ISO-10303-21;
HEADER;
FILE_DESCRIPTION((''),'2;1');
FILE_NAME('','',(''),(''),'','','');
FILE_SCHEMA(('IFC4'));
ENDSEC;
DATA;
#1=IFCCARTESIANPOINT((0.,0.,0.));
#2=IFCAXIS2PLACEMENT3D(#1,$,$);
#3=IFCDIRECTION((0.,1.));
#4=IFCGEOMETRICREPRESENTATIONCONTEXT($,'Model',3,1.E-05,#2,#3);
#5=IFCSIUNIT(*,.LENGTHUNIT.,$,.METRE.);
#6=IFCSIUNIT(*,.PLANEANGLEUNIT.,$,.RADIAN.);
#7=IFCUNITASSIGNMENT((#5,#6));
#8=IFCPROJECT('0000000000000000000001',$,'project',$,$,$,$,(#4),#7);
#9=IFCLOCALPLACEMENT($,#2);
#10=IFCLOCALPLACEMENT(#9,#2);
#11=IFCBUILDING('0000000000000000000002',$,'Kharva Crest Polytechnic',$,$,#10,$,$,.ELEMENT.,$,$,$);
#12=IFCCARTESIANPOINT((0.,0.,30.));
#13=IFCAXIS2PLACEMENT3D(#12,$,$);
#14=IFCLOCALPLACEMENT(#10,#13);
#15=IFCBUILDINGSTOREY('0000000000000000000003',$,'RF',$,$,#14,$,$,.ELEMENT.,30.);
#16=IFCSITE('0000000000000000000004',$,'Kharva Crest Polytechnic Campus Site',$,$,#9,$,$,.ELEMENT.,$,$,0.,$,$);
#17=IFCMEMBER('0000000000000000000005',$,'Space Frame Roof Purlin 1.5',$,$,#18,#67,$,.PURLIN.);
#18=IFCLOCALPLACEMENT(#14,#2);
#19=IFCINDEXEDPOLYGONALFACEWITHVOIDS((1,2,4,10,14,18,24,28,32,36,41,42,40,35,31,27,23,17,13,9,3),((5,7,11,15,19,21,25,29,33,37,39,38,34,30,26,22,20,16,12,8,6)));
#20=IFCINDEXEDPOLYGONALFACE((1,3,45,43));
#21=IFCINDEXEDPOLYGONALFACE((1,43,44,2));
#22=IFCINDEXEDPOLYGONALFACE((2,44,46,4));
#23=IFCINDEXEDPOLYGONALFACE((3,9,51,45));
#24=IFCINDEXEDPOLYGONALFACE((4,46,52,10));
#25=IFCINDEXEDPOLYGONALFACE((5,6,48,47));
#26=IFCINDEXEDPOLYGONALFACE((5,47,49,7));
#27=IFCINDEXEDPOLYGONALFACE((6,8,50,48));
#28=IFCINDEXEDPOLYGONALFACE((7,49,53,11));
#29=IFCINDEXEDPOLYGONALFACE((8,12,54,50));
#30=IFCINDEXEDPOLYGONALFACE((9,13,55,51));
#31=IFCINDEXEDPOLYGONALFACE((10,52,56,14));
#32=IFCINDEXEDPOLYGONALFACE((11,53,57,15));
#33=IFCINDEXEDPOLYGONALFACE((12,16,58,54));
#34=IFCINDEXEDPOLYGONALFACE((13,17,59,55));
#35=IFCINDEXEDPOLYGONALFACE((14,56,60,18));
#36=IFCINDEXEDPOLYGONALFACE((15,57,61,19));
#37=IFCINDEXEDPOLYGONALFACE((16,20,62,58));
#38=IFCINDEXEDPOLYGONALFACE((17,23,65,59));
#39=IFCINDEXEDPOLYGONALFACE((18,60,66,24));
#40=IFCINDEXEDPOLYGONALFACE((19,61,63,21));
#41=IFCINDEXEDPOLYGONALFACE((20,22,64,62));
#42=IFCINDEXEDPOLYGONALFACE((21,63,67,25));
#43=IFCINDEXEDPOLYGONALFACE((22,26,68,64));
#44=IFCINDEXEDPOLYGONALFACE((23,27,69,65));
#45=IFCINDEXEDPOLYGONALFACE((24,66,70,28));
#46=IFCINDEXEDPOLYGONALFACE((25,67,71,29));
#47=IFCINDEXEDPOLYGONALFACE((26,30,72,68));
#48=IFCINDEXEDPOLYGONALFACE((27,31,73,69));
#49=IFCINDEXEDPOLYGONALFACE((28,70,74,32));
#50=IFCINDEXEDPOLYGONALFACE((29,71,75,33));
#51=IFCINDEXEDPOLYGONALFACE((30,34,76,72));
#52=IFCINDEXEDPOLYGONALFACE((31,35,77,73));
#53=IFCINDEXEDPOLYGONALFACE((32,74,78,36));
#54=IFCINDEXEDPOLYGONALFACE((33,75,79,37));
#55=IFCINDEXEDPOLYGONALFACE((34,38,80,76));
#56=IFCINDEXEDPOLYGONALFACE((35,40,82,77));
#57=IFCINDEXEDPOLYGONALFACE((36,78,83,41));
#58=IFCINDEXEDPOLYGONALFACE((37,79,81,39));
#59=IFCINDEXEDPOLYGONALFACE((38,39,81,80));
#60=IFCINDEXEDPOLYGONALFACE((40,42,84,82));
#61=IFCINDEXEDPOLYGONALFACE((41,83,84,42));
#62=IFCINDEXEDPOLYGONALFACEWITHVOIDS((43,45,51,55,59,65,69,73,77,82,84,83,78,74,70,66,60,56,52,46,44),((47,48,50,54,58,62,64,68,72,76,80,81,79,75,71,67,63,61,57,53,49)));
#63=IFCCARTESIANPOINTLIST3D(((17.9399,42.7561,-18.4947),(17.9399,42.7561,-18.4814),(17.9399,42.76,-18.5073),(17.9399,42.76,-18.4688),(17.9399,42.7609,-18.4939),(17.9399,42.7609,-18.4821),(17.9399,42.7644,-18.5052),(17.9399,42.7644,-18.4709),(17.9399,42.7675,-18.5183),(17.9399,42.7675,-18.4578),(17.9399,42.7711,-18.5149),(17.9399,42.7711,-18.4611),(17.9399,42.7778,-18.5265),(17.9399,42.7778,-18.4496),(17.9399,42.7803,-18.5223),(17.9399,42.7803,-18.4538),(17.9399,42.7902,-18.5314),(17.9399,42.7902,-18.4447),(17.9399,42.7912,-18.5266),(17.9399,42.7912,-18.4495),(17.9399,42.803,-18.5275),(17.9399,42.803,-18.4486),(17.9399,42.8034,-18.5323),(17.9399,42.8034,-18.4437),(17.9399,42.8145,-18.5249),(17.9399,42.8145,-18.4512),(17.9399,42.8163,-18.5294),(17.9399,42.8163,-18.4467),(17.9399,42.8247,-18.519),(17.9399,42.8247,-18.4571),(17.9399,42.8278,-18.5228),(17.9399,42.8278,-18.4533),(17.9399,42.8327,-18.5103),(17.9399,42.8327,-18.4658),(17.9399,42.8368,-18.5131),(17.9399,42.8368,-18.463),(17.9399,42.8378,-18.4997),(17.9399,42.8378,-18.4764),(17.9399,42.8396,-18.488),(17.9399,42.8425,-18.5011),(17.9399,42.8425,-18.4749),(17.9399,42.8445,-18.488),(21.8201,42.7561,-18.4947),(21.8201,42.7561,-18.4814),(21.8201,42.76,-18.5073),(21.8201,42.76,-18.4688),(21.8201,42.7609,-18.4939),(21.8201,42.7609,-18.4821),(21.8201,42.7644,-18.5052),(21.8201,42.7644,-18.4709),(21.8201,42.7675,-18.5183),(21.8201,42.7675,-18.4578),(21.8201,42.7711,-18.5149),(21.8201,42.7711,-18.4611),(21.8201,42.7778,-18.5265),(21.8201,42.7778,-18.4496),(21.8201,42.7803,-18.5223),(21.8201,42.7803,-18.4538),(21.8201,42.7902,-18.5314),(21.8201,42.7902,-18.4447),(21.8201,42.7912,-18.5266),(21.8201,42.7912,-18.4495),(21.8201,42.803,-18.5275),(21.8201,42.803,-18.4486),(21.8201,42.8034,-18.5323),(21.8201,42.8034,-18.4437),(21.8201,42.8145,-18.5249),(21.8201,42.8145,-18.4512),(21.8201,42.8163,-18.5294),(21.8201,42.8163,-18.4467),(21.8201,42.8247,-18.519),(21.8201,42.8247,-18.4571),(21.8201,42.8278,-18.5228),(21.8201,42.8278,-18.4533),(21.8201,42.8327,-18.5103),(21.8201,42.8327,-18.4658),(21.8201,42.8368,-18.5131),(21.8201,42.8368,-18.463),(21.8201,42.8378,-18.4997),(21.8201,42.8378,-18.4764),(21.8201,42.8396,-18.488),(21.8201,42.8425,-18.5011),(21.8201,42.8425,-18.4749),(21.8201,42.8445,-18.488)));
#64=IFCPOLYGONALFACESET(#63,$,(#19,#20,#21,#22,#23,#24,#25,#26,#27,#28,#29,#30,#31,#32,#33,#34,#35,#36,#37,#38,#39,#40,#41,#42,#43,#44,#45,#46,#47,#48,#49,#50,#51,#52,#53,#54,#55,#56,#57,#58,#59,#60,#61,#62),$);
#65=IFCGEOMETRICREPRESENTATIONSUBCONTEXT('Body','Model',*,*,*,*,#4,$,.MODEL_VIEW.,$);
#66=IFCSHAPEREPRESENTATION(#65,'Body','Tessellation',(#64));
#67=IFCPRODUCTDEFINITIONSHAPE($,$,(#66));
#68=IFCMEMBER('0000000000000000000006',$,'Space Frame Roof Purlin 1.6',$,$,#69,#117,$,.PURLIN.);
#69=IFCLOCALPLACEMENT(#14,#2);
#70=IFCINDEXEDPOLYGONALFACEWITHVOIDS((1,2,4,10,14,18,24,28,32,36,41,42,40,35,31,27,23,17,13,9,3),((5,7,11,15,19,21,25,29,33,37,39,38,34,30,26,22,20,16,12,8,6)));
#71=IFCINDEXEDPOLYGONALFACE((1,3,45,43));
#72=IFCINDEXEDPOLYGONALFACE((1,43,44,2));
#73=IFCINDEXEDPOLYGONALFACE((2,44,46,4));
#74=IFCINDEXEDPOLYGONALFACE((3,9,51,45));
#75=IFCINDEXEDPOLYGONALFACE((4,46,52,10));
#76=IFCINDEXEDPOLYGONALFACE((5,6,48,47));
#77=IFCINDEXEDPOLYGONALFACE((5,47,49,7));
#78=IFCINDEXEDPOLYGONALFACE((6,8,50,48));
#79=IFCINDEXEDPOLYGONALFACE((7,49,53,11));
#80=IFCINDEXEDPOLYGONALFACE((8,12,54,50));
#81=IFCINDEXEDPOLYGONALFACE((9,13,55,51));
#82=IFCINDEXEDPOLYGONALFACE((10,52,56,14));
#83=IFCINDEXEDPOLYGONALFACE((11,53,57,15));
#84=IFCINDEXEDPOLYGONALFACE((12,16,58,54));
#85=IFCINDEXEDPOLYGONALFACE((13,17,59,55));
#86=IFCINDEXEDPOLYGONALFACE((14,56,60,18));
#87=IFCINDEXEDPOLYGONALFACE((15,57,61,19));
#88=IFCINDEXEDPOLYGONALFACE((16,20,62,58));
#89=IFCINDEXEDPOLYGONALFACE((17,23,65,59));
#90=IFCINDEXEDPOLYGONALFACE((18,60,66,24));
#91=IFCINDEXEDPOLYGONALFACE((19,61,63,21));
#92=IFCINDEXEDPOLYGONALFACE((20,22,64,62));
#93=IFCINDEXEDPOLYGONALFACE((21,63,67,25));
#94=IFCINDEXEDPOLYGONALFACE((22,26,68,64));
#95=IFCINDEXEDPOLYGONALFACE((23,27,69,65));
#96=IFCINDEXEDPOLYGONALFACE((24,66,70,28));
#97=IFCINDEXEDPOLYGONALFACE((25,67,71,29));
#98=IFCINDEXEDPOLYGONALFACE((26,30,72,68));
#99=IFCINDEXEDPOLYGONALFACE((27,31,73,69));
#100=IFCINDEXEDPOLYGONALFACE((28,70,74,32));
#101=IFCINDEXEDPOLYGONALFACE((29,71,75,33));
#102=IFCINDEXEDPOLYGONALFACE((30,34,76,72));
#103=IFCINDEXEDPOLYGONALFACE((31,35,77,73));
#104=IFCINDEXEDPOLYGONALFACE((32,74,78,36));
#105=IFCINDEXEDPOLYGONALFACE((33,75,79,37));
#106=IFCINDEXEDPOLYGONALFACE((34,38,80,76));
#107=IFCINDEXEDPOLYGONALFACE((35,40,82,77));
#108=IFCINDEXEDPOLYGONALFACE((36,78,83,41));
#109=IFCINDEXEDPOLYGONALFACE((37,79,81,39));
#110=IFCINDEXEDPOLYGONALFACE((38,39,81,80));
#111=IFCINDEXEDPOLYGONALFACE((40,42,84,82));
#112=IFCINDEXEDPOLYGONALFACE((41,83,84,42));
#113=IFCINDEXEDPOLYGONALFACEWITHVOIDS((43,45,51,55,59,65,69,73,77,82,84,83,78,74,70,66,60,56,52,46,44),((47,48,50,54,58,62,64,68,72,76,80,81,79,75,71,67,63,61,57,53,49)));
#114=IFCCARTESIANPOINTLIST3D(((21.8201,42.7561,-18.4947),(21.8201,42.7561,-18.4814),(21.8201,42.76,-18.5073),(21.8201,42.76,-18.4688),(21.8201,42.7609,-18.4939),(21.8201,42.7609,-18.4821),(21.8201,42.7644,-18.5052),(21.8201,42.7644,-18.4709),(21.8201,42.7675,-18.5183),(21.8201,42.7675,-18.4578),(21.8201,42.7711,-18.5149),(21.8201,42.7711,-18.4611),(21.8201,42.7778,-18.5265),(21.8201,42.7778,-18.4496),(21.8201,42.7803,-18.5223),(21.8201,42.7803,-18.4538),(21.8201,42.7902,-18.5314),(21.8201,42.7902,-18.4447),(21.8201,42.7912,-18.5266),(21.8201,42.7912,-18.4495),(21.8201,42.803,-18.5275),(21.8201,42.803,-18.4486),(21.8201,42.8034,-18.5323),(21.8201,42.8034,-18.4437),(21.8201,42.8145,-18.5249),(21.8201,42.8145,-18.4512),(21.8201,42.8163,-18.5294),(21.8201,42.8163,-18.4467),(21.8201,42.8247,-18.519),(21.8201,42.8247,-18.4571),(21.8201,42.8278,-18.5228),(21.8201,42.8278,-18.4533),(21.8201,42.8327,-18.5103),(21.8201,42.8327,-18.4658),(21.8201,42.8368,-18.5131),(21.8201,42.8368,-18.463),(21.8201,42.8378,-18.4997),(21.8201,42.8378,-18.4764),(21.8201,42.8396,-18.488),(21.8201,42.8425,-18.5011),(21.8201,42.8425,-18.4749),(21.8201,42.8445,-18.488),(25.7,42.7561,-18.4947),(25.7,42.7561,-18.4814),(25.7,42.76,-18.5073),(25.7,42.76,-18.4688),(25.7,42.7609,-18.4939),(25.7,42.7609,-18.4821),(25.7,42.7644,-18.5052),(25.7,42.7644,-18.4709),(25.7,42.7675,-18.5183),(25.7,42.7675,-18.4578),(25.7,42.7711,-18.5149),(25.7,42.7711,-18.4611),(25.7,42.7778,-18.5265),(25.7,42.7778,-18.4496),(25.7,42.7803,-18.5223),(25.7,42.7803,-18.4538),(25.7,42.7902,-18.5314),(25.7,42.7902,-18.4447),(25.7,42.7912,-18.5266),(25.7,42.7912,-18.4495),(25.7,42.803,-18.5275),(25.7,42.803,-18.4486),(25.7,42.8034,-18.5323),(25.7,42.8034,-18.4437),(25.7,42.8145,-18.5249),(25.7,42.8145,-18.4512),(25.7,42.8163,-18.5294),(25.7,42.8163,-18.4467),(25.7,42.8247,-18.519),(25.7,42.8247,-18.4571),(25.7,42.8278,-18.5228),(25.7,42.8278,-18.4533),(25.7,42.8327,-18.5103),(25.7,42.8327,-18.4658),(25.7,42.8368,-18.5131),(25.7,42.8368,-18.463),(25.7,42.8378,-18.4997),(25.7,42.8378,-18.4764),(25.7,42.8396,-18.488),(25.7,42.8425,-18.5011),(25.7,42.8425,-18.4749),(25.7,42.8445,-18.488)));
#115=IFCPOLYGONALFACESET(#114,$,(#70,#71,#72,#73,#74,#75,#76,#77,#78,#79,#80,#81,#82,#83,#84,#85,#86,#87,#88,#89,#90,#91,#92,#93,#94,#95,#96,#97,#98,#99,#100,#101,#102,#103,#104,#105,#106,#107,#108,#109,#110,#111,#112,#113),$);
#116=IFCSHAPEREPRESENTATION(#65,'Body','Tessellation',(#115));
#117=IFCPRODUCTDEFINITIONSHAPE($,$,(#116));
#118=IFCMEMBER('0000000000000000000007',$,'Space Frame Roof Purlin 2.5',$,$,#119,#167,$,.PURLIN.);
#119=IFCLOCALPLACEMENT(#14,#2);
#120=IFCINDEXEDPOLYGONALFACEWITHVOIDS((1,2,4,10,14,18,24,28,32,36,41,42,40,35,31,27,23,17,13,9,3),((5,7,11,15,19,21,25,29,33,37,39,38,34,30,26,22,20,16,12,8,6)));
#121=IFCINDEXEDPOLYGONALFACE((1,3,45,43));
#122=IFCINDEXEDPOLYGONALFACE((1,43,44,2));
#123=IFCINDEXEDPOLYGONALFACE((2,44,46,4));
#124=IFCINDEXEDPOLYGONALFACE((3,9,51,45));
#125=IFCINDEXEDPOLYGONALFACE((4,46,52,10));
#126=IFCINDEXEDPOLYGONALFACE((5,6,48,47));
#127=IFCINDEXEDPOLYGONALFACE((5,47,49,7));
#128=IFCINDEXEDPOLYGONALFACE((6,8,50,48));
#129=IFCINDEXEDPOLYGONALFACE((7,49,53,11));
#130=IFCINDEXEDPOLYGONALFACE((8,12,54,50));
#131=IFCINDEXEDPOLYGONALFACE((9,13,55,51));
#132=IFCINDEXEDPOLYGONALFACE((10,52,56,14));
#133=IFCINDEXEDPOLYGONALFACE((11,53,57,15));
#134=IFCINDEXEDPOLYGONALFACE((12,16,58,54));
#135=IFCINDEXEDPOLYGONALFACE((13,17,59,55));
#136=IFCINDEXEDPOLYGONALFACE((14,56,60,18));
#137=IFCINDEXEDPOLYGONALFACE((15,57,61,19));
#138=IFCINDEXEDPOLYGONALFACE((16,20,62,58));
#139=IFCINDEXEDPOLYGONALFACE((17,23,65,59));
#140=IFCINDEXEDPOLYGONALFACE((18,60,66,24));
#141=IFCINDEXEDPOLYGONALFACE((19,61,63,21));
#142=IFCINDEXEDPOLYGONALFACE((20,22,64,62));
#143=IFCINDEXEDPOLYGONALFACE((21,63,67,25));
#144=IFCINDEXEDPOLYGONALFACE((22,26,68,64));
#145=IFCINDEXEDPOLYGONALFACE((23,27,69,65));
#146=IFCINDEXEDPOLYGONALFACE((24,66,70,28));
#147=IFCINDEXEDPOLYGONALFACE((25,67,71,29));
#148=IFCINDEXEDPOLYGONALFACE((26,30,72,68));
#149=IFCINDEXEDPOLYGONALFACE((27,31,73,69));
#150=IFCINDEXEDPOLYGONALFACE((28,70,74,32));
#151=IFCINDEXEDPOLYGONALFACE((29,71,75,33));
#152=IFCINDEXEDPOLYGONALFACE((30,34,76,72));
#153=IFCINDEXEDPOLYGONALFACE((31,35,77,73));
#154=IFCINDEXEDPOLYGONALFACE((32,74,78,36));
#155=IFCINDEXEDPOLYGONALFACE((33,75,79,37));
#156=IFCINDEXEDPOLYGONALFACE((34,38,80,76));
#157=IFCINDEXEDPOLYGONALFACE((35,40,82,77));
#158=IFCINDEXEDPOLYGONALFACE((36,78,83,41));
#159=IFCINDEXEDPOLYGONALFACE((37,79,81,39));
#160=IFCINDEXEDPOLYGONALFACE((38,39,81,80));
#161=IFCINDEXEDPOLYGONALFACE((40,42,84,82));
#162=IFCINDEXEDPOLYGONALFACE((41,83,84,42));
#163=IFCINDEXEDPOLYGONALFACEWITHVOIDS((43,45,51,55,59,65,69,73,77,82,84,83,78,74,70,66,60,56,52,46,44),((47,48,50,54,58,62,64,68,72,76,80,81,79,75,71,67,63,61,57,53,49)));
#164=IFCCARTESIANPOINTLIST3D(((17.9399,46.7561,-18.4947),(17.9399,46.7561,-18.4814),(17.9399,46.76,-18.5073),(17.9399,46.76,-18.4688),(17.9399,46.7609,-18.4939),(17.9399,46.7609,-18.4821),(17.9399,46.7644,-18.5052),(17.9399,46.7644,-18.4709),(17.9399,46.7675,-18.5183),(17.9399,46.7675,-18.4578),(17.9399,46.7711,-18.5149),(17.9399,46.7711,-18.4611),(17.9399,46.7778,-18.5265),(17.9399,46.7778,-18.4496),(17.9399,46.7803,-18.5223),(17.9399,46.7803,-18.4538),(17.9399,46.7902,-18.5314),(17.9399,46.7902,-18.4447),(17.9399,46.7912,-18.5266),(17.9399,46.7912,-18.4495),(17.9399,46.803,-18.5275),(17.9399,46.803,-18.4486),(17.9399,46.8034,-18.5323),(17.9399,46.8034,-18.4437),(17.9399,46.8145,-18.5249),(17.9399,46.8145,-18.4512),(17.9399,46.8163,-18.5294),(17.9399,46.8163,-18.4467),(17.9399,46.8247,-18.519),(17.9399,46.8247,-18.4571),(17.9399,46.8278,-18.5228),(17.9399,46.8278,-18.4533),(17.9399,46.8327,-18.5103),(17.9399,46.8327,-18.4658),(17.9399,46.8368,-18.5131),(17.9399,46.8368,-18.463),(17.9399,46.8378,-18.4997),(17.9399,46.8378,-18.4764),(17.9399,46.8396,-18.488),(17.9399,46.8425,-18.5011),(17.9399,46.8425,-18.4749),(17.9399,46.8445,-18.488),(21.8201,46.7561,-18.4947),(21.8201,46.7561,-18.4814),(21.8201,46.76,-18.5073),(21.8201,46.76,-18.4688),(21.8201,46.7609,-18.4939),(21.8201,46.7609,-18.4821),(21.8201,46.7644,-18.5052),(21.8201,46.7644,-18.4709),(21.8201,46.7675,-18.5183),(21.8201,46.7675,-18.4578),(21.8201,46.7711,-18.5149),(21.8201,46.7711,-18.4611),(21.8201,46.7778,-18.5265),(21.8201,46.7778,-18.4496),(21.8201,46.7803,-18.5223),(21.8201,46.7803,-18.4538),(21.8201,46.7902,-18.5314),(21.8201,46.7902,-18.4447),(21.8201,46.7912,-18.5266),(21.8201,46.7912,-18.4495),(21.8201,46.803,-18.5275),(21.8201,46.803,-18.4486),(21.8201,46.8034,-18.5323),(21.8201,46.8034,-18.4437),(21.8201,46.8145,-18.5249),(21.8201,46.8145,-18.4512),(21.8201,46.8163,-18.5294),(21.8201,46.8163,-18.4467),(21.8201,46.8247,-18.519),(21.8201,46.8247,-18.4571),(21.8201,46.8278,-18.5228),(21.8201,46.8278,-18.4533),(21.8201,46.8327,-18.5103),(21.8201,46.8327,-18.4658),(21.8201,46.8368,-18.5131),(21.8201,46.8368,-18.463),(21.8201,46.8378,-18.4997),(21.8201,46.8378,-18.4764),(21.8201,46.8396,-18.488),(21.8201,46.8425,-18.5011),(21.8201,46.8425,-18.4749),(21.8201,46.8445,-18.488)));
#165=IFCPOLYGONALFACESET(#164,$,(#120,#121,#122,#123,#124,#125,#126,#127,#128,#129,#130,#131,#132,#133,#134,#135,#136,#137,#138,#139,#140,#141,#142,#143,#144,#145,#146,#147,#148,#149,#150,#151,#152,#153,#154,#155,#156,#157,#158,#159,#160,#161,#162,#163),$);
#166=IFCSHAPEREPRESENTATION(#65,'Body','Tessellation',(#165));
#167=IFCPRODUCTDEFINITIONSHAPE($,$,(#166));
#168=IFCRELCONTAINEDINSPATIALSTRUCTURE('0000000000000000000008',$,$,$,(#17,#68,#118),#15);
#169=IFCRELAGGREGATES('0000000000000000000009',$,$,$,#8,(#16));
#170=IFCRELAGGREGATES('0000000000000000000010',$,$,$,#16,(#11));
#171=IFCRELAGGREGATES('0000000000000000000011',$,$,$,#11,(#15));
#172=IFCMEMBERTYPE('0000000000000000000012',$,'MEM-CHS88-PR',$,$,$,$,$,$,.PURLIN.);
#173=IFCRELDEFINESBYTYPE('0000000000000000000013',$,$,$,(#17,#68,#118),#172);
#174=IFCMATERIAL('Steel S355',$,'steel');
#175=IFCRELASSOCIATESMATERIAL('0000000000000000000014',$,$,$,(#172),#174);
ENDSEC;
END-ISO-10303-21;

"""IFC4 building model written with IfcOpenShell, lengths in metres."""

from ifc_helpers import new_model, si_unit, direction, frame, origin, origin_2d, place, context, subcontext, project, spatial, hollow_circle, extrude, material, material_profile, profile_set, type_object, element, save


model = new_model("IFC4")

# Units and contexts
model_context = context("Model", 3, precision=1e-05, world=origin(), true_north=direction((0.0, 1.0)))
body_context = subcontext(model_context, "Body", "Model", "MODEL_VIEW")
ifc_project = project(units=[si_unit("LENGTHUNIT", "METRE"), si_unit("PLANEANGLEUNIT", "RADIAN")], contexts=[model_context])

# Site, building, storey
site_placement = place(None, origin())
site = spatial("IfcSite", under=ifc_project, at=site_placement, Name="Kharva Crest Polytechnic Campus Site", CompositionType="ELEMENT", RefElevation=0.0)
building_placement = place(site_placement, origin())
building = spatial("IfcBuilding", under=site, at=building_placement, Name="Kharva Crest Polytechnic", CompositionType="ELEMENT")
storey_placement = place(building_placement, frame((0.0, 0.0, 30.0)))
storey = spatial("IfcBuildingStorey", under=building, at=storey_placement, Name="RF", CompositionType="ELEMENT", Elevation=30.0)

# Members
ifc_material = material(Name="Steel S355", Category="steel")
ifc_material_profile = material_profile(ifc_material, hollow_circle(Radius=0.0444, WallThickness=0.0049, at=origin_2d()), Name="CHS 88.9X5.0")
ifc_profile_set = profile_set([ifc_material_profile], Name="Steel S355")
member_type = type_object("IfcMemberType", Name="MEM-CHS88-PR", PredefinedType="PURLIN", material=ifc_profile_set)
member_1_placement = place(storey_placement, frame((17.9399, 42.8, -18.488), z_axis=(1.0, 0.0, 0.0), x_axis=(0.0, 1.0, 0.0)))
element("IfcMember", 1, at=member_1_placement, inside=storey, type_object=member_type, Name="Space Frame Roof Purlin 1.5", PredefinedType="PURLIN", context=body_context, shape_type="SweptSolid", body=[
    extrude(hollow_circle(Radius=0.0444, WallThickness=0.0049, at=origin_2d()), origin(), (0.0, 0.0, 1.0), 3.8801),
])
member_2_placement = place(storey_placement, frame((21.8201, 42.8, -18.488), z_axis=(1.0, 0.0, 0.0), x_axis=(0.0, 1.0, 0.0)))
element("IfcMember", 2, at=member_2_placement, inside=storey, type_object=member_type, Name="Space Frame Roof Purlin 1.6", PredefinedType="PURLIN", context=body_context, shape_type="SweptSolid", body=[
    extrude(hollow_circle(Radius=0.0444, WallThickness=0.0049, at=origin_2d()), origin(), (0.0, 0.0, 1.0), 3.8799),
])
member_3_placement = place(storey_placement, frame((17.9399, 46.8, -18.488), z_axis=(1.0, 0.0, 0.0), x_axis=(0.0, 1.0, 0.0)))
element("IfcMember", 3, at=member_3_placement, inside=storey, type_object=member_type, Name="Space Frame Roof Purlin 2.5", PredefinedType="PURLIN", context=body_context, shape_type="SweptSolid", body=[
    extrude(hollow_circle(Radius=0.0444, WallThickness=0.0049, at=origin_2d()), origin(), (0.0, 0.0, 1.0), 3.8801),
])

save(model, "model.ifc")
